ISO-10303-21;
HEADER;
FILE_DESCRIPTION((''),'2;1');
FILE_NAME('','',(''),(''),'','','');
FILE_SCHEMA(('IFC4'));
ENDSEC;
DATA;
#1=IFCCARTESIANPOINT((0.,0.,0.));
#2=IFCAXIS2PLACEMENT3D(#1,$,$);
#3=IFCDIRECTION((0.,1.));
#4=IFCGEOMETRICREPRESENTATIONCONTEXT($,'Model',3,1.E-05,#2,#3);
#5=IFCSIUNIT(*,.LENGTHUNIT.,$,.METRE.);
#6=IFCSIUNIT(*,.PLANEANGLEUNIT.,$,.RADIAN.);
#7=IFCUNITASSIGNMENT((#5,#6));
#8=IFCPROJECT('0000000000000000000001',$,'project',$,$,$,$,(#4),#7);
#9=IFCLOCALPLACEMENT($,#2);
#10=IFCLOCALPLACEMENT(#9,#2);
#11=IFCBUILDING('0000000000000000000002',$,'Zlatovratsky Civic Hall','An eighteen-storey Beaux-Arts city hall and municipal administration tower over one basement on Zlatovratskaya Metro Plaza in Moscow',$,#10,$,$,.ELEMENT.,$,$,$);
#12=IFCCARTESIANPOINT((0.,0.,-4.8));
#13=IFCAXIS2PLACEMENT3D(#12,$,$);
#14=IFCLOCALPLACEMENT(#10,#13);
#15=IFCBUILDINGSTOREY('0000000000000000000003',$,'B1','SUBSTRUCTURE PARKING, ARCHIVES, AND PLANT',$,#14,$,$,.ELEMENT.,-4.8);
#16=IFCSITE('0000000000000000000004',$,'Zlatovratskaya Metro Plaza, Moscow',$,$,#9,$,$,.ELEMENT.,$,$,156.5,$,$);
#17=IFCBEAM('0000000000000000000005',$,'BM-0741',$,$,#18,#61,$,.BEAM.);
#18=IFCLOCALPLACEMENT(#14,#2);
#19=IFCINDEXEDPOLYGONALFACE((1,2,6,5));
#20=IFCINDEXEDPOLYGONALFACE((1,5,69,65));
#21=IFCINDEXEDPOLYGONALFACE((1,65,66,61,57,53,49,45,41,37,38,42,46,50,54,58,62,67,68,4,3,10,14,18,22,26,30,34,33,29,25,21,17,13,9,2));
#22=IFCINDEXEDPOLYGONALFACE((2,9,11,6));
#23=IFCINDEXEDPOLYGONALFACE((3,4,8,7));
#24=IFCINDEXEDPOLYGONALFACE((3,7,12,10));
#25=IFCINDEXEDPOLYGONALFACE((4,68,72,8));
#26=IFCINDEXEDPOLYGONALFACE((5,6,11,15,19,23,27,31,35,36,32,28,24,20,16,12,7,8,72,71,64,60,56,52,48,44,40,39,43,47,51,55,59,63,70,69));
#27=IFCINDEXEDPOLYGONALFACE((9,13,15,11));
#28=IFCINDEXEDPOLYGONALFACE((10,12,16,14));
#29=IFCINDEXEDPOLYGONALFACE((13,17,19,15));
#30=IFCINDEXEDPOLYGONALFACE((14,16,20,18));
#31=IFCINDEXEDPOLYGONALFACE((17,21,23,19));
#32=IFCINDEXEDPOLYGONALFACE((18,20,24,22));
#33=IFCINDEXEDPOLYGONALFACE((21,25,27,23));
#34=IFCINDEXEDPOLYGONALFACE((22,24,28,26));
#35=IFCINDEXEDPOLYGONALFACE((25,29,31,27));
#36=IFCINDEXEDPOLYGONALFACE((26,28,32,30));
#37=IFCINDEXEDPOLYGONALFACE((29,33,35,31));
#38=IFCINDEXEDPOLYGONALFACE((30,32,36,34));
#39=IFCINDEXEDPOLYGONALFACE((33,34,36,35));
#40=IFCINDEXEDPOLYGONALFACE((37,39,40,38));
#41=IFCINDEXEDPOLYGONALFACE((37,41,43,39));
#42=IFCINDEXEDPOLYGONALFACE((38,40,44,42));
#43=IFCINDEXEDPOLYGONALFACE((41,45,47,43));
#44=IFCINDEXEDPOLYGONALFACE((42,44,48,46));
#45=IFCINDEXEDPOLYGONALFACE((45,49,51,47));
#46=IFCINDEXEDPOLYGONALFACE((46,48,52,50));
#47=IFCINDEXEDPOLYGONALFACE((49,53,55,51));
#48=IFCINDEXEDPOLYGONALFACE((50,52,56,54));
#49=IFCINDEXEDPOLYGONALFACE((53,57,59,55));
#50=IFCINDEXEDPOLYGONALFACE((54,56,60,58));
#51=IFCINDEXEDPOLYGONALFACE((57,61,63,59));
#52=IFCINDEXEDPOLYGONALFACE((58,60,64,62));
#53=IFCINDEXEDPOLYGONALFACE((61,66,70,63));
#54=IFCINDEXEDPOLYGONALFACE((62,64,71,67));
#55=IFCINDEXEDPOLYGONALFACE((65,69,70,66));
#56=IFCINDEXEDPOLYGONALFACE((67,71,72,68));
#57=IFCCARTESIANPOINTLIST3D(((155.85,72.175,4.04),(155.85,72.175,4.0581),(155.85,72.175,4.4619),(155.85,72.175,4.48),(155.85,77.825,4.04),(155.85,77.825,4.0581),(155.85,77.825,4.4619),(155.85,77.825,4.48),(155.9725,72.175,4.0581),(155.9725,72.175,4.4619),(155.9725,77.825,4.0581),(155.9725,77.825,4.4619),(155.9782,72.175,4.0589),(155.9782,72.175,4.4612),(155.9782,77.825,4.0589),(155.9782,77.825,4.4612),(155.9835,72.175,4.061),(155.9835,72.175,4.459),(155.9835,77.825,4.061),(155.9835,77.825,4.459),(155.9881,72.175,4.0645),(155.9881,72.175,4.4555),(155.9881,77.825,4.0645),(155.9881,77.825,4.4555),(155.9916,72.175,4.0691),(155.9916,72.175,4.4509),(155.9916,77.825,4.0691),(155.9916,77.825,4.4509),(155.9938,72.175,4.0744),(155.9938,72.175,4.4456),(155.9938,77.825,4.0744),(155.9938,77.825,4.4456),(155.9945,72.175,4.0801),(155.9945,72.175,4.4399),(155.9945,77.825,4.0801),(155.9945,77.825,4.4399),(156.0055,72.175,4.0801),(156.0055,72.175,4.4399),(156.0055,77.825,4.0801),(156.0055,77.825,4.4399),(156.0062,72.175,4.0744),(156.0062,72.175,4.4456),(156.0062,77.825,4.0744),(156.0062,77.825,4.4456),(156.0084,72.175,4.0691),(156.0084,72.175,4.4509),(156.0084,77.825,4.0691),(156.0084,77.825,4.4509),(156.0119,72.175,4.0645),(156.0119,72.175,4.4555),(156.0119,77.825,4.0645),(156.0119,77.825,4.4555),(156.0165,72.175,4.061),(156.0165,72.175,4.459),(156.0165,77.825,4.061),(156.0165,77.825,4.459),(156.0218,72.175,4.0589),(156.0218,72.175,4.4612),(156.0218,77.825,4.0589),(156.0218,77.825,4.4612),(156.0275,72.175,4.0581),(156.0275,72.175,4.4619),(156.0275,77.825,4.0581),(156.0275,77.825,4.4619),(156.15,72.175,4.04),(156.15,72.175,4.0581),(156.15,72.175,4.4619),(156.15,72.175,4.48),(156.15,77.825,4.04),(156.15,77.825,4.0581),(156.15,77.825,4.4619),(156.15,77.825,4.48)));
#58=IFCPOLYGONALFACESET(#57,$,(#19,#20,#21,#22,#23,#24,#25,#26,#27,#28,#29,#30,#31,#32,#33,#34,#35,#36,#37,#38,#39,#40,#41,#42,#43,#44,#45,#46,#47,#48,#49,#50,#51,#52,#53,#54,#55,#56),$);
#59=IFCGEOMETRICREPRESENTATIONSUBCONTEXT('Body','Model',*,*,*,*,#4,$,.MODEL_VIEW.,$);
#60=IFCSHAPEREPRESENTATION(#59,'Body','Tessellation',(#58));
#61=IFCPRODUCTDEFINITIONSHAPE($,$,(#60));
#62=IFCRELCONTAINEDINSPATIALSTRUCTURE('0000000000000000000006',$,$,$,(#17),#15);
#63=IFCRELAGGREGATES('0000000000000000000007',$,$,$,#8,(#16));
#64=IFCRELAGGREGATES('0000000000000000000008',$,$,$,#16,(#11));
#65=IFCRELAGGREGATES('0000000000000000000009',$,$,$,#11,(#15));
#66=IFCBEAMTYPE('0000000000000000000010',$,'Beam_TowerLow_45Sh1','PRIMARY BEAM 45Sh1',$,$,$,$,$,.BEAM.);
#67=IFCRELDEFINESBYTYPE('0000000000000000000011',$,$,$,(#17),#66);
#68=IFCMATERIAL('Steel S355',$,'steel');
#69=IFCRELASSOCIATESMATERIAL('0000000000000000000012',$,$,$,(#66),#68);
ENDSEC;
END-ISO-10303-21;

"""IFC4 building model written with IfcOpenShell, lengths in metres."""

from ifc_helpers import new_model, si_unit, direction, frame, origin, origin_2d, place, context, subcontext, project, spatial, i_section, extrude, material, material_profile, profile_set, type_object, element, save


model = new_model("IFC4")

# Units and contexts
model_context = context("Model", 3, precision=1e-05, world=origin(), true_north=direction((0.0, 1.0)))
body_context = subcontext(model_context, "Body", "Model", "MODEL_VIEW")
ifc_project = project(units=[si_unit("LENGTHUNIT", "METRE"), si_unit("PLANEANGLEUNIT", "RADIAN")], contexts=[model_context])

# Site, building, storey
site_placement = place(None, origin())
site = spatial("IfcSite", under=ifc_project, at=site_placement, Name="Zlatovratskaya Metro Plaza, Moscow", CompositionType="ELEMENT", RefElevation=156.5)
building_placement = place(site_placement, origin())
building = spatial("IfcBuilding", under=site, at=building_placement, Name="Zlatovratsky Civic Hall", Description="An eighteen-storey Beaux-Arts city hall and municipal administration tower over one basement on Zlatovratskaya Metro Plaza in Moscow", CompositionType="ELEMENT")
storey_placement = place(building_placement, frame((0.0, 0.0, -4.8)))
storey = spatial("IfcBuildingStorey", under=building, at=storey_placement, Name="B1", Description="SUBSTRUCTURE PARKING, ARCHIVES, AND PLANT", CompositionType="ELEMENT", Elevation=-4.8)

# Shared definitions
ifc_material_1 = material(Name="Steel S355", Category="steel")

# Beam
ifc_material_profile_1 = material_profile(ifc_material_1, i_section(OverallWidth=0.3, OverallDepth=0.4399, WebThickness=0.011, FlangeThickness=0.0181, FilletRadius=0.022, at=origin_2d()), Name="45Sh1")
ifc_profile_set_1 = profile_set([ifc_material_profile_1], Name="Steel S355")
beam_type = type_object("IfcBeamType", Name="Beam_TowerLow_45Sh1", Description="PRIMARY BEAM 45Sh1", PredefinedType="BEAM", material=ifc_profile_set_1)
for number, where, z_axis, x_axis, name in (
    (1, (156.0, 72.175, 4.26), (0.0, 1.0, 0.0), (-1.0, 0.0, 0.0), "BM-0741"),
):
    element("IfcBeam", number, at=place(storey_placement, frame(where, z_axis=z_axis, x_axis=x_axis)), inside=storey, type_object=beam_type, Name=name, PredefinedType="BEAM", context=body_context, shape_type="SweptSolid", body=[
        extrude(i_section(OverallWidth=0.3, OverallDepth=0.4399, WebThickness=0.011, FlangeThickness=0.0181, FilletRadius=0.022, at=origin_2d()), origin(), (0.0, 0.0, 1.0), 5.6499),
    ])

save(model, "model.ifc")
